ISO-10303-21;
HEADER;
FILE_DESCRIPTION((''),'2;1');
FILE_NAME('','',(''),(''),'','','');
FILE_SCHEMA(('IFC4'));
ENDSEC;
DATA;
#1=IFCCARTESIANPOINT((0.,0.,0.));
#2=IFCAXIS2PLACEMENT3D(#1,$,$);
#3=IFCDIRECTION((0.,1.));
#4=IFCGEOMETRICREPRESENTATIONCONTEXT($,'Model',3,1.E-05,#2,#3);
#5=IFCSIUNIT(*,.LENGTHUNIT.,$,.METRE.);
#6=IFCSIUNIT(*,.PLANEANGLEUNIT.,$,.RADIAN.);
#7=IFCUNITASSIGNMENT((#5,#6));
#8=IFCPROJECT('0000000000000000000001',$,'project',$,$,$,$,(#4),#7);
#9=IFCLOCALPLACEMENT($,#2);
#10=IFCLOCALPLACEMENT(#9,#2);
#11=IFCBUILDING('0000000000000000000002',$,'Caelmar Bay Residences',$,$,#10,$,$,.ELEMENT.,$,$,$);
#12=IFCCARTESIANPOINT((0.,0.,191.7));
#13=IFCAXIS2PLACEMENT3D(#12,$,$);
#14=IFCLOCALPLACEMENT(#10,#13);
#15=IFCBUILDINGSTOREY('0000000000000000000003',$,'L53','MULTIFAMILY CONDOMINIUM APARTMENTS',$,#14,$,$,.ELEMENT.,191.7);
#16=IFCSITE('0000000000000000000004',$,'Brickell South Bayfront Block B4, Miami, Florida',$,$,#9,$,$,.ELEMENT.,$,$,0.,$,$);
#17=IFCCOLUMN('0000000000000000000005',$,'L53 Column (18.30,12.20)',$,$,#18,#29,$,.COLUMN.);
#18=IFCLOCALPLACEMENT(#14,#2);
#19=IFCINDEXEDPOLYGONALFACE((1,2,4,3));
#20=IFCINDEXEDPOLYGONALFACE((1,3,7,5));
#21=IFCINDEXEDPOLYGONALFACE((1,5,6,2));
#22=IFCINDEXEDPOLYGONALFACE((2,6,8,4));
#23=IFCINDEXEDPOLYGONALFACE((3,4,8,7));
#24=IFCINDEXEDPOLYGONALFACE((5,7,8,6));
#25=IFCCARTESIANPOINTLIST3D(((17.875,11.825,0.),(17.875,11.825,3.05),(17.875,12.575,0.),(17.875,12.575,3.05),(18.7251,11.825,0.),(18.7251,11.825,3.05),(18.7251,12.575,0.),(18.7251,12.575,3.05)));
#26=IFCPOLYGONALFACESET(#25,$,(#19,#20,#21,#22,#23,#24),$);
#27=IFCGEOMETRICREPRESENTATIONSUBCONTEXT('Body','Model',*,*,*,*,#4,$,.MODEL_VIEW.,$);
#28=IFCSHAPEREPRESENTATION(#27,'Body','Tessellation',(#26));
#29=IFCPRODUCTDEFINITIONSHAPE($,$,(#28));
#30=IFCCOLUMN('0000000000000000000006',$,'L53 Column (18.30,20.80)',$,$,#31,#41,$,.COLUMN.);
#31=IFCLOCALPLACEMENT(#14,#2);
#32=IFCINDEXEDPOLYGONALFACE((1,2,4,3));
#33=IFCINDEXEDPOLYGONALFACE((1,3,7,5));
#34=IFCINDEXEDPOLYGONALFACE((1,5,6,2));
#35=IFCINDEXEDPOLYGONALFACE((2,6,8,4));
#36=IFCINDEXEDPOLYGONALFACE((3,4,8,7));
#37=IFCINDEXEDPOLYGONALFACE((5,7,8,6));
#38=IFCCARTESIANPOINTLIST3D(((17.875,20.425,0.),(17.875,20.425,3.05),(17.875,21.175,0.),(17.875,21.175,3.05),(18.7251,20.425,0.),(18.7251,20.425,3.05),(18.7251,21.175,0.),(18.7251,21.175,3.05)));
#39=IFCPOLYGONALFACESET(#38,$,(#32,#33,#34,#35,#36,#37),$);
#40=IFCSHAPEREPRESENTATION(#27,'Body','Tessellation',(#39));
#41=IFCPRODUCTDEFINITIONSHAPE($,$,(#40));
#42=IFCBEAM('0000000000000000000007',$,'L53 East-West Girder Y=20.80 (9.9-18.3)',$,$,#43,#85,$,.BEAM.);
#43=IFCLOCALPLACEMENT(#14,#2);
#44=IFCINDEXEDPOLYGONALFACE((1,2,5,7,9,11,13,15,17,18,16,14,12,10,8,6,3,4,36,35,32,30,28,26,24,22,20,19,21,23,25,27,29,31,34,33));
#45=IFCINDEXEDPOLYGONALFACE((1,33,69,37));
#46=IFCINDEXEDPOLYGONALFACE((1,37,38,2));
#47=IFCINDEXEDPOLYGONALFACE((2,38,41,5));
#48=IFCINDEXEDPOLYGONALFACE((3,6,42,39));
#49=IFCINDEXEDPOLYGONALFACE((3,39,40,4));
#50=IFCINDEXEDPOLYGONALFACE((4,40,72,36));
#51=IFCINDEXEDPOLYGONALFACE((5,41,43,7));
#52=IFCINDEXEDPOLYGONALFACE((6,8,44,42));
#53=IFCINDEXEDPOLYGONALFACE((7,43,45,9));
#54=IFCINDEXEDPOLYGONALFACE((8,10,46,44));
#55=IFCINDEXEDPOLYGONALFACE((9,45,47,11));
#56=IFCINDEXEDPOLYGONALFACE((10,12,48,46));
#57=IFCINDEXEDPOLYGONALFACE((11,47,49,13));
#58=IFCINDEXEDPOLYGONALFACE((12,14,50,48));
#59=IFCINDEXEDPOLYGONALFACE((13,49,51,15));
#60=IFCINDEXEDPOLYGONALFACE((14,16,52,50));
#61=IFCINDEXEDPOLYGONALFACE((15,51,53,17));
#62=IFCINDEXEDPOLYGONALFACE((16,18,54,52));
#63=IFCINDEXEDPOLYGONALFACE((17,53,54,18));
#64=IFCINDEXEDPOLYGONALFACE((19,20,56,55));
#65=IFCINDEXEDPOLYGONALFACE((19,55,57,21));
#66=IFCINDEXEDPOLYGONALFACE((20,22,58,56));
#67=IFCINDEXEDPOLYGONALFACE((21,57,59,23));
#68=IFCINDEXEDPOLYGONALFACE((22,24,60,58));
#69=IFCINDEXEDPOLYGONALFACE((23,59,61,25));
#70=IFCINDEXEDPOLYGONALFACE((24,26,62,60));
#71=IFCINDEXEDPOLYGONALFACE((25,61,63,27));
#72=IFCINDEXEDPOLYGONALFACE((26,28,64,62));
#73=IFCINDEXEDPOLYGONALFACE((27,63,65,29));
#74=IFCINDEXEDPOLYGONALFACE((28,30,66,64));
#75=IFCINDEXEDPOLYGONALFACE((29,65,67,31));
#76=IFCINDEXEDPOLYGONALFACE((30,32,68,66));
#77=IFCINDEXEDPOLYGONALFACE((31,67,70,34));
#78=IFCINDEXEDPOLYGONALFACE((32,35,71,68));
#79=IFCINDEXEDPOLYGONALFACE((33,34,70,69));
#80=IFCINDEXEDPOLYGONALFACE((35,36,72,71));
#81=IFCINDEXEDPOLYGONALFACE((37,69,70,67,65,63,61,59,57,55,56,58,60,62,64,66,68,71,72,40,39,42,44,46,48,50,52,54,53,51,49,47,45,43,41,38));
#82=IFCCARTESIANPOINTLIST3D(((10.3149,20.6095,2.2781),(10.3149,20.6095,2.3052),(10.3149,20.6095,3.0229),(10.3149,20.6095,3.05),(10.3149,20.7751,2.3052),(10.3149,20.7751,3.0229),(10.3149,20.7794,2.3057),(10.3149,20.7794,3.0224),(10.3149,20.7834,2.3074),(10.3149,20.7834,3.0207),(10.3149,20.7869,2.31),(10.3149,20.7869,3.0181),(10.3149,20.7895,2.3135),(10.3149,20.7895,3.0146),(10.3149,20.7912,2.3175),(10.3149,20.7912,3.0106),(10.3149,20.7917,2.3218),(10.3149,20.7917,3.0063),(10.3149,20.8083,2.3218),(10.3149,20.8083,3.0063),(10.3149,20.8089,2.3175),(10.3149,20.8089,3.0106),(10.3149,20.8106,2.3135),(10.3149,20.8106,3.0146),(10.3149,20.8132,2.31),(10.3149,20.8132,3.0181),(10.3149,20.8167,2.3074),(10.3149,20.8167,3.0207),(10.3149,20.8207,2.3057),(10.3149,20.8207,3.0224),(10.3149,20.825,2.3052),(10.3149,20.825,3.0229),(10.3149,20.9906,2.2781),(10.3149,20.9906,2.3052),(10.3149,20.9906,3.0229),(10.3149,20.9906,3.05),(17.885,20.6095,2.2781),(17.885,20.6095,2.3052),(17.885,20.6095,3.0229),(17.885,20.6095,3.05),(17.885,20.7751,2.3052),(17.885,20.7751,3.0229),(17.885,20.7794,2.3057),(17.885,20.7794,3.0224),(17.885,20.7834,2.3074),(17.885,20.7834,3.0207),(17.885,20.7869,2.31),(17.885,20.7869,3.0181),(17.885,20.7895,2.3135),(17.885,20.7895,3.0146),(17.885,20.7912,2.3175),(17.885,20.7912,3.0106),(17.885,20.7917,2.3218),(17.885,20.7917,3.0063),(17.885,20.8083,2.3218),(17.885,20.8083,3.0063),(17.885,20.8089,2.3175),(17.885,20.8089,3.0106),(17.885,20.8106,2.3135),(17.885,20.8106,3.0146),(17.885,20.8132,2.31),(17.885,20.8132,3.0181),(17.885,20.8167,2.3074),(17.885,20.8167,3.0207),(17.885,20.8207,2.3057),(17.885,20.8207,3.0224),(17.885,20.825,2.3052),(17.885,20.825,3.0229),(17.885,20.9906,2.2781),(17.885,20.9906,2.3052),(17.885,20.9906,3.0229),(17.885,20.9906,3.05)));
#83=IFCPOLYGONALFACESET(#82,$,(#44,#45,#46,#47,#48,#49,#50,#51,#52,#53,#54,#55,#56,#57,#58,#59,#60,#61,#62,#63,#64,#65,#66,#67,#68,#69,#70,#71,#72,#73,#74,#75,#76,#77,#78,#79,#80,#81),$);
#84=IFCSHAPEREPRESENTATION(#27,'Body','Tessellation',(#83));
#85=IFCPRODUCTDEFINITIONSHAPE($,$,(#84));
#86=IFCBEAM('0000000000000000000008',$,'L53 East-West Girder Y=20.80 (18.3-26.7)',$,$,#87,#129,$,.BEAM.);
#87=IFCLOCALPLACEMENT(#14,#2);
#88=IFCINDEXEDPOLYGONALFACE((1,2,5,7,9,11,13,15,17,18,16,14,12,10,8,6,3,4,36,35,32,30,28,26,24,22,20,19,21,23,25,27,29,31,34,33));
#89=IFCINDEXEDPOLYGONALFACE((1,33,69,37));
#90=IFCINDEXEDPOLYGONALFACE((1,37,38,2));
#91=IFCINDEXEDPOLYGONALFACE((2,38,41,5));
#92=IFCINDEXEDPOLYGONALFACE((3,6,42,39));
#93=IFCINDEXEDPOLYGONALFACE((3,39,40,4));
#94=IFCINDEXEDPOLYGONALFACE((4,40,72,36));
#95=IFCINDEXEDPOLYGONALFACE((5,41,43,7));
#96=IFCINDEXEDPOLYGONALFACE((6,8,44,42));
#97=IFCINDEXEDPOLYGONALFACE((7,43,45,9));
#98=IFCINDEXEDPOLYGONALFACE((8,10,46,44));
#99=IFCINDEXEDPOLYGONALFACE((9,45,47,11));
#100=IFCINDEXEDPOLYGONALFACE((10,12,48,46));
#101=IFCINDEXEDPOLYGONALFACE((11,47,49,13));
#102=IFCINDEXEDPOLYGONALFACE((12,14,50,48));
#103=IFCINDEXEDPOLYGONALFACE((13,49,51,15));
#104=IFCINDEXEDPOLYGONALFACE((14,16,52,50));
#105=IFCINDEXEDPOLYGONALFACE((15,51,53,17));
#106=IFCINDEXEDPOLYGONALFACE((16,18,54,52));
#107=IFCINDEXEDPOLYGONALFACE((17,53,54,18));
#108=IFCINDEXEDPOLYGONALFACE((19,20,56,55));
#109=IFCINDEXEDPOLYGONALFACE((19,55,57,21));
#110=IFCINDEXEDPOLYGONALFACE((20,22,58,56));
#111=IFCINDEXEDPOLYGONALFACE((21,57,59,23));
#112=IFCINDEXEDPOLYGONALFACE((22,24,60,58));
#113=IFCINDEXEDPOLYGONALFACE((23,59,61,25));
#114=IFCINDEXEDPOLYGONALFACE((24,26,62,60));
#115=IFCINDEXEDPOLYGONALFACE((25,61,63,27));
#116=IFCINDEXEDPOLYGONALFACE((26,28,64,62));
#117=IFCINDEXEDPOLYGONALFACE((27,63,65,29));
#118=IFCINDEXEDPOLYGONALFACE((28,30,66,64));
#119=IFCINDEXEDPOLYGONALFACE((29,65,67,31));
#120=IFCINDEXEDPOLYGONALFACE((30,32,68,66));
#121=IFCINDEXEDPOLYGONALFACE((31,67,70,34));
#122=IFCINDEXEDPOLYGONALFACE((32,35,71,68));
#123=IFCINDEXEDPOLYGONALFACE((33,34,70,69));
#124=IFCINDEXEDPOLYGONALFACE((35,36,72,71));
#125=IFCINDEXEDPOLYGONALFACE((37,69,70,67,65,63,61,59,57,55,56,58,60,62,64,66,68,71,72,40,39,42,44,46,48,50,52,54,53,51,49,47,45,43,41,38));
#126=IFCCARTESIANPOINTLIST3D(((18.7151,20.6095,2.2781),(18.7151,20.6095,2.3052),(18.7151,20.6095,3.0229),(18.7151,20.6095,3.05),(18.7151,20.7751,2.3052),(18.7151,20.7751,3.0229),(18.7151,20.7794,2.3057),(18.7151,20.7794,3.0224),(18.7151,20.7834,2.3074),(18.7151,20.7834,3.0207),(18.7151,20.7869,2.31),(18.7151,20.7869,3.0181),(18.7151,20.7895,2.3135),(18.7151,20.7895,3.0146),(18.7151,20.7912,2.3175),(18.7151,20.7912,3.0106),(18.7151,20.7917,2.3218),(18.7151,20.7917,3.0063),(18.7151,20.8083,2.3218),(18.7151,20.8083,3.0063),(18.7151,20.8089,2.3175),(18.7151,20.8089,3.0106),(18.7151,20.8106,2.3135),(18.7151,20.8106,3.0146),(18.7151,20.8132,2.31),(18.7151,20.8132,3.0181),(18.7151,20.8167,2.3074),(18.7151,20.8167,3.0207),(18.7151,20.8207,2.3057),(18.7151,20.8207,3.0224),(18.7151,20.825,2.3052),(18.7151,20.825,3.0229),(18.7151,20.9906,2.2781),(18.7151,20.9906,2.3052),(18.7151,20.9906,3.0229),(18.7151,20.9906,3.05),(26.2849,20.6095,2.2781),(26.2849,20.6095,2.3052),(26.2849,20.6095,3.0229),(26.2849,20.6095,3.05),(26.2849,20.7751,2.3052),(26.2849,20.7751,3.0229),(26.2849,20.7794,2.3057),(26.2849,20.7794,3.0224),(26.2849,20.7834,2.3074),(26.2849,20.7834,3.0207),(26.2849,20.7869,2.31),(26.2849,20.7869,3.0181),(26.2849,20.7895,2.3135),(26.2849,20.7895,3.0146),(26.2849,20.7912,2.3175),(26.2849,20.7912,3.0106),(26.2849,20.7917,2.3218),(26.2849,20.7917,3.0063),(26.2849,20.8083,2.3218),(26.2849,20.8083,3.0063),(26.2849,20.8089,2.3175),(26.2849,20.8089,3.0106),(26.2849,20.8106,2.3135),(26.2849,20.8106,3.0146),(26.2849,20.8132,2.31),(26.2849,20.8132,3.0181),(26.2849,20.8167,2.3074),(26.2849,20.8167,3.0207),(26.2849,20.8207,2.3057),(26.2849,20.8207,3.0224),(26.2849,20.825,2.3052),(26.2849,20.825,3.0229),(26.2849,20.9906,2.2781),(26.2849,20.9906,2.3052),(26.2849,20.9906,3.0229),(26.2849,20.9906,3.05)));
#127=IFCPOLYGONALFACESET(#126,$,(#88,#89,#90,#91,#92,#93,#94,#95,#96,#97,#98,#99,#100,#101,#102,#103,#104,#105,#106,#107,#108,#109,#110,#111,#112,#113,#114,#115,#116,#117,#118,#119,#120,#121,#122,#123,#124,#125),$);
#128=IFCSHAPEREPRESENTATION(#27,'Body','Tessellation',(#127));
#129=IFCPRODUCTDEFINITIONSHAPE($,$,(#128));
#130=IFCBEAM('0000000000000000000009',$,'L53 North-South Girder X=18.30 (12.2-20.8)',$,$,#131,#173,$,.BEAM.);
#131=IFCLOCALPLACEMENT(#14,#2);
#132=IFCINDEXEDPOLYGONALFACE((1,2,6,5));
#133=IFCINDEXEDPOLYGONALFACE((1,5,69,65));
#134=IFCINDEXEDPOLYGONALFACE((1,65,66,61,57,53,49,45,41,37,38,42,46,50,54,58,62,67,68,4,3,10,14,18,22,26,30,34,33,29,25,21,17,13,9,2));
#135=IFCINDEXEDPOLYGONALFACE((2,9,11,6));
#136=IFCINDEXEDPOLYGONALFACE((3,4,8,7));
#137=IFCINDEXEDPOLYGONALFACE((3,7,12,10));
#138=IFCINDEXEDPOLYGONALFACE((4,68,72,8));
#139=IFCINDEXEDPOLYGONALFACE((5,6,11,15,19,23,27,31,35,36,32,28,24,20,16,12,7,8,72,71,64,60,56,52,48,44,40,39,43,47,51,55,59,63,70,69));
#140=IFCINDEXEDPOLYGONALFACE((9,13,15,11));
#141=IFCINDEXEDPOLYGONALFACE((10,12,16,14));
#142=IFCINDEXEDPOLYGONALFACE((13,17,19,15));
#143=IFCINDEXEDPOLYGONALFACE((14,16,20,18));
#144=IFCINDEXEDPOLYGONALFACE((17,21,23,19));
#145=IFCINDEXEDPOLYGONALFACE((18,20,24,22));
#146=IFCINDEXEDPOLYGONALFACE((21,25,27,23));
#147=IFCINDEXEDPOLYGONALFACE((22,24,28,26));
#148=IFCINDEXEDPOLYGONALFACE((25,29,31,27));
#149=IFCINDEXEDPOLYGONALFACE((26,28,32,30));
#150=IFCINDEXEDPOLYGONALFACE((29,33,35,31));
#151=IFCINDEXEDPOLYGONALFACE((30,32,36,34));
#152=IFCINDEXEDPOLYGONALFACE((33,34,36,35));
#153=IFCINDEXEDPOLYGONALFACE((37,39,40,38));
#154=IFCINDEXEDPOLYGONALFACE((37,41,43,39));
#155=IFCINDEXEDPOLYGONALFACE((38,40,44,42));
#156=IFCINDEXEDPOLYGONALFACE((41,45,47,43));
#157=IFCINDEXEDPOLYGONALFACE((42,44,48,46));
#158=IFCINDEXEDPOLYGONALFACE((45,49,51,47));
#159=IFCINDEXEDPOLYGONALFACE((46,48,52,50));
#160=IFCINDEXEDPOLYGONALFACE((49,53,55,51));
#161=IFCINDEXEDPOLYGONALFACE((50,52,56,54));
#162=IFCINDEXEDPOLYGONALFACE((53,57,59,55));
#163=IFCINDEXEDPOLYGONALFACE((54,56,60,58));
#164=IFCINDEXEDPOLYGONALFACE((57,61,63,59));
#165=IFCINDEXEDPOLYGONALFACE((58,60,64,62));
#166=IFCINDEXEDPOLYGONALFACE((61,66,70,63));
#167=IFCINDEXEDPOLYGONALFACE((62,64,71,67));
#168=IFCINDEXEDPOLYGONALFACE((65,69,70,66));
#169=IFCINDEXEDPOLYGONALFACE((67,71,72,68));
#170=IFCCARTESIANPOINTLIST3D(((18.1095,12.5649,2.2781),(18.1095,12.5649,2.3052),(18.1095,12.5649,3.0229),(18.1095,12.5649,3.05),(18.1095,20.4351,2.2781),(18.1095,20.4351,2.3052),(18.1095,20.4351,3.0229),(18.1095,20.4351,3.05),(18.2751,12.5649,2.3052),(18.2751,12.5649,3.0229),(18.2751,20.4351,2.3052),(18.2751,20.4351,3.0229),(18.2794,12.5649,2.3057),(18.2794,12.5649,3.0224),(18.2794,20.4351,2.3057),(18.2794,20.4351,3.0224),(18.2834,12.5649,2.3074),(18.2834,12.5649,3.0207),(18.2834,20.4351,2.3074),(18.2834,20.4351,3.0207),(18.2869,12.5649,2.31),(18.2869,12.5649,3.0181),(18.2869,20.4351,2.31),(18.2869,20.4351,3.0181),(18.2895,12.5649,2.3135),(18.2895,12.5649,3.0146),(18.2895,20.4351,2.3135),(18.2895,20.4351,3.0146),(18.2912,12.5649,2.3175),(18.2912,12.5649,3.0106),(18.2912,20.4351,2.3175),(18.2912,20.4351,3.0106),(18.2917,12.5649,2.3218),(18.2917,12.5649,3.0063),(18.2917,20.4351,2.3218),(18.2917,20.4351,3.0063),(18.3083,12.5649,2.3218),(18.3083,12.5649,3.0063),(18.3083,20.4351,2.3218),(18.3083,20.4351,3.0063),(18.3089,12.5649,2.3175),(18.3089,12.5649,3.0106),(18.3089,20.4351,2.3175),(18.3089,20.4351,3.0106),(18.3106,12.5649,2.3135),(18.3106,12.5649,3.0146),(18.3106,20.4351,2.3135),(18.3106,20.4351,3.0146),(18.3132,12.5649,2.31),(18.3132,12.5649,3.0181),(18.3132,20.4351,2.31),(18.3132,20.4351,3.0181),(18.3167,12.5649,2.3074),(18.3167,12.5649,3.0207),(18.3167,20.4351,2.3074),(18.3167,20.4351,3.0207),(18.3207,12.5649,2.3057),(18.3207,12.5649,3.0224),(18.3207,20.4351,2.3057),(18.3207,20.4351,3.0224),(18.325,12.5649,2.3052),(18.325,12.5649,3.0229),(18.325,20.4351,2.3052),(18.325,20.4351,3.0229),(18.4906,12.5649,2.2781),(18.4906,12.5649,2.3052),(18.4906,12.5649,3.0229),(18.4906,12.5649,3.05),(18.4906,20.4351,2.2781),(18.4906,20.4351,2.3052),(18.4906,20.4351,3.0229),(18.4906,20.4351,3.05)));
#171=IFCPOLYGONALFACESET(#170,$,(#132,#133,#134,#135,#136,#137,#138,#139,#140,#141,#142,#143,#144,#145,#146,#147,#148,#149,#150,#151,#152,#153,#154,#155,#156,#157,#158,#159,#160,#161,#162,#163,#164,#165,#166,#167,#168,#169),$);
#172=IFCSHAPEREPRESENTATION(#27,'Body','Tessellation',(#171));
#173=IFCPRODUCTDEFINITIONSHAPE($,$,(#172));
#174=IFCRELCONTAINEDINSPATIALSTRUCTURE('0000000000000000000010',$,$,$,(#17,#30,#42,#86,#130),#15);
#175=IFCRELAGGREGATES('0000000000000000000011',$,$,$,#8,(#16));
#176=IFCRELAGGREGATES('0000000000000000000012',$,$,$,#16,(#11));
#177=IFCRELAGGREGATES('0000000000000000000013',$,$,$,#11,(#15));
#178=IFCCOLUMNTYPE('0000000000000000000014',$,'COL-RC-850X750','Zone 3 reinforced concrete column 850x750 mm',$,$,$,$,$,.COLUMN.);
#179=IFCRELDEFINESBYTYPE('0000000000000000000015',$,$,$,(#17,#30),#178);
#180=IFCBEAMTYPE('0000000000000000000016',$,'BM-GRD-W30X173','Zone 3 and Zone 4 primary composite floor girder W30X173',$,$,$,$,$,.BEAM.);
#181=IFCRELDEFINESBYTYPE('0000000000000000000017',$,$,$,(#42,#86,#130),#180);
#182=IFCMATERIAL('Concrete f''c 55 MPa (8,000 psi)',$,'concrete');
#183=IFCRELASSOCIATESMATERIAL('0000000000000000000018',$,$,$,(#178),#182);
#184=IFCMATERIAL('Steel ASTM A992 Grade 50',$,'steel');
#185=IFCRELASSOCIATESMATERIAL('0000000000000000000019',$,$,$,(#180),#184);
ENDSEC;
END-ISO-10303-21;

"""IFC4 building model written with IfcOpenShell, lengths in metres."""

from ifc_helpers import new_model, si_unit, direction, frame, origin, origin_2d, place, context, subcontext, project, spatial, rectangle, i_section, extrude, material, material_profile, profile_set, type_object, element, save


model = new_model("IFC4")

# Units and contexts
model_context = context("Model", 3, precision=1e-05, world=origin(), true_north=direction((0.0, 1.0)))
body_context = subcontext(model_context, "Body", "Model", "MODEL_VIEW")
ifc_project = project(units=[si_unit("LENGTHUNIT", "METRE"), si_unit("PLANEANGLEUNIT", "RADIAN")], contexts=[model_context])

# Site, building, storey
site_placement = place(None, origin())
site = spatial("IfcSite", under=ifc_project, at=site_placement, Name="Brickell South Bayfront Block B4, Miami, Florida", CompositionType="ELEMENT", RefElevation=0.0)
building_placement = place(site_placement, origin())
building = spatial("IfcBuilding", under=site, at=building_placement, Name="Caelmar Bay Residences", CompositionType="ELEMENT")
storey_placement = place(building_placement, frame((0.0, 0.0, 191.7)))
storey = spatial("IfcBuildingStorey", under=building, at=storey_placement, Name="L53", Description="MULTIFAMILY CONDOMINIUM APARTMENTS", CompositionType="ELEMENT", Elevation=191.7)

# Columns
ifc_material_1 = material(Name="Concrete f'c 55 MPa (8,000 psi)", Category="concrete")
ifc_material_profile_1 = material_profile(ifc_material_1, rectangle(XDim=0.8501, YDim=0.75, at=origin_2d()), Name="RC-COL-850X750")
ifc_profile_set_1 = profile_set([ifc_material_profile_1], Name="Concrete f'c 55 MPa (8,000 psi)")
column_type = type_object("IfcColumnType", Name="COL-RC-850X750", Description="Zone 3 reinforced concrete column 850x750 mm", PredefinedType="COLUMN", material=ifc_profile_set_1)
for number, where, z_axis, x_axis, name in (
    (1, (18.3, 12.2, 0.0), (0.0, 0.0, 1.0), (1.0, 0.0, 0.0), "L53 Column (18.30,12.20)"),
    (2, (18.3, 20.8, 0.0), (0.0, 0.0, 1.0), (1.0, 0.0, 0.0), "L53 Column (18.30,20.80)"),
):
    element("IfcColumn", number, at=place(storey_placement, frame(where, z_axis=z_axis, x_axis=x_axis)), inside=storey, type_object=column_type, Name=name, PredefinedType="COLUMN", context=body_context, shape_type="SweptSolid", body=[
        extrude(rectangle(XDim=0.8501, YDim=0.75, at=origin_2d()), origin(), (0.0, 0.0, 1.0), 3.05),
    ])

# Beams
ifc_material_2 = material(Name="Steel ASTM A992 Grade 50", Category="steel")
ifc_material_profile_2 = material_profile(ifc_material_2, i_section(OverallWidth=0.3811, OverallDepth=0.772, WebThickness=0.0166, FlangeThickness=0.0271, FilletRadius=0.0166, at=origin_2d()), Name="W30X173")
ifc_profile_set_2 = profile_set([ifc_material_profile_2], Name="Steel ASTM A992 Grade 50")
beam_type_1 = type_object("IfcBeamType", Name="BM-GRD-W30X173", Description="Zone 3 and Zone 4 primary composite floor girder W30X173", PredefinedType="BEAM", material=ifc_profile_set_2)
beam_1_placement = place(storey_placement, frame((10.3149, 20.8, 2.6641), z_axis=(1.0, 0.0, 0.0), x_axis=(0.0, 1.0, 0.0)))
element("IfcBeam", 3, at=beam_1_placement, inside=storey, type_object=beam_type_1, Name="L53 East-West Girder Y=20.80 (9.9-18.3)", PredefinedType="BEAM", context=body_context, shape_type="SweptSolid", body=[
    extrude(i_section(OverallWidth=0.3811, OverallDepth=0.772, WebThickness=0.0166, FlangeThickness=0.0271, FilletRadius=0.0166, at=origin_2d()), origin(), (0.0, 0.0, 1.0), 7.5701),
])
beam_2_placement = place(storey_placement, frame((18.7151, 20.8, 2.6641), z_axis=(1.0, 0.0, 0.0), x_axis=(0.0, 1.0, 0.0)))
element("IfcBeam", 4, at=beam_2_placement, inside=storey, type_object=beam_type_1, Name="L53 East-West Girder Y=20.80 (18.3-26.7)", PredefinedType="BEAM", context=body_context, shape_type="SweptSolid", body=[
    extrude(i_section(OverallWidth=0.3811, OverallDepth=0.772, WebThickness=0.0166, FlangeThickness=0.0271, FilletRadius=0.0166, at=origin_2d()), origin(), (0.0, 0.0, 1.0), 7.5698),
])
beam_3_placement = place(storey_placement, frame((18.3, 12.5649, 2.6641), z_axis=(0.0, 1.0, 0.0), x_axis=(-1.0, 0.0, 0.0)))
element("IfcBeam", 5, at=beam_3_placement, inside=storey, type_object=beam_type_1, Name="L53 North-South Girder X=18.30 (12.2-20.8)", PredefinedType="BEAM", context=body_context, shape_type="SweptSolid", body=[
    extrude(i_section(OverallWidth=0.3811, OverallDepth=0.772, WebThickness=0.0166, FlangeThickness=0.0271, FilletRadius=0.0166, at=origin_2d()), origin(), (0.0, 0.0, 1.0), 7.8701),
])

save(model, "model.ifc")
